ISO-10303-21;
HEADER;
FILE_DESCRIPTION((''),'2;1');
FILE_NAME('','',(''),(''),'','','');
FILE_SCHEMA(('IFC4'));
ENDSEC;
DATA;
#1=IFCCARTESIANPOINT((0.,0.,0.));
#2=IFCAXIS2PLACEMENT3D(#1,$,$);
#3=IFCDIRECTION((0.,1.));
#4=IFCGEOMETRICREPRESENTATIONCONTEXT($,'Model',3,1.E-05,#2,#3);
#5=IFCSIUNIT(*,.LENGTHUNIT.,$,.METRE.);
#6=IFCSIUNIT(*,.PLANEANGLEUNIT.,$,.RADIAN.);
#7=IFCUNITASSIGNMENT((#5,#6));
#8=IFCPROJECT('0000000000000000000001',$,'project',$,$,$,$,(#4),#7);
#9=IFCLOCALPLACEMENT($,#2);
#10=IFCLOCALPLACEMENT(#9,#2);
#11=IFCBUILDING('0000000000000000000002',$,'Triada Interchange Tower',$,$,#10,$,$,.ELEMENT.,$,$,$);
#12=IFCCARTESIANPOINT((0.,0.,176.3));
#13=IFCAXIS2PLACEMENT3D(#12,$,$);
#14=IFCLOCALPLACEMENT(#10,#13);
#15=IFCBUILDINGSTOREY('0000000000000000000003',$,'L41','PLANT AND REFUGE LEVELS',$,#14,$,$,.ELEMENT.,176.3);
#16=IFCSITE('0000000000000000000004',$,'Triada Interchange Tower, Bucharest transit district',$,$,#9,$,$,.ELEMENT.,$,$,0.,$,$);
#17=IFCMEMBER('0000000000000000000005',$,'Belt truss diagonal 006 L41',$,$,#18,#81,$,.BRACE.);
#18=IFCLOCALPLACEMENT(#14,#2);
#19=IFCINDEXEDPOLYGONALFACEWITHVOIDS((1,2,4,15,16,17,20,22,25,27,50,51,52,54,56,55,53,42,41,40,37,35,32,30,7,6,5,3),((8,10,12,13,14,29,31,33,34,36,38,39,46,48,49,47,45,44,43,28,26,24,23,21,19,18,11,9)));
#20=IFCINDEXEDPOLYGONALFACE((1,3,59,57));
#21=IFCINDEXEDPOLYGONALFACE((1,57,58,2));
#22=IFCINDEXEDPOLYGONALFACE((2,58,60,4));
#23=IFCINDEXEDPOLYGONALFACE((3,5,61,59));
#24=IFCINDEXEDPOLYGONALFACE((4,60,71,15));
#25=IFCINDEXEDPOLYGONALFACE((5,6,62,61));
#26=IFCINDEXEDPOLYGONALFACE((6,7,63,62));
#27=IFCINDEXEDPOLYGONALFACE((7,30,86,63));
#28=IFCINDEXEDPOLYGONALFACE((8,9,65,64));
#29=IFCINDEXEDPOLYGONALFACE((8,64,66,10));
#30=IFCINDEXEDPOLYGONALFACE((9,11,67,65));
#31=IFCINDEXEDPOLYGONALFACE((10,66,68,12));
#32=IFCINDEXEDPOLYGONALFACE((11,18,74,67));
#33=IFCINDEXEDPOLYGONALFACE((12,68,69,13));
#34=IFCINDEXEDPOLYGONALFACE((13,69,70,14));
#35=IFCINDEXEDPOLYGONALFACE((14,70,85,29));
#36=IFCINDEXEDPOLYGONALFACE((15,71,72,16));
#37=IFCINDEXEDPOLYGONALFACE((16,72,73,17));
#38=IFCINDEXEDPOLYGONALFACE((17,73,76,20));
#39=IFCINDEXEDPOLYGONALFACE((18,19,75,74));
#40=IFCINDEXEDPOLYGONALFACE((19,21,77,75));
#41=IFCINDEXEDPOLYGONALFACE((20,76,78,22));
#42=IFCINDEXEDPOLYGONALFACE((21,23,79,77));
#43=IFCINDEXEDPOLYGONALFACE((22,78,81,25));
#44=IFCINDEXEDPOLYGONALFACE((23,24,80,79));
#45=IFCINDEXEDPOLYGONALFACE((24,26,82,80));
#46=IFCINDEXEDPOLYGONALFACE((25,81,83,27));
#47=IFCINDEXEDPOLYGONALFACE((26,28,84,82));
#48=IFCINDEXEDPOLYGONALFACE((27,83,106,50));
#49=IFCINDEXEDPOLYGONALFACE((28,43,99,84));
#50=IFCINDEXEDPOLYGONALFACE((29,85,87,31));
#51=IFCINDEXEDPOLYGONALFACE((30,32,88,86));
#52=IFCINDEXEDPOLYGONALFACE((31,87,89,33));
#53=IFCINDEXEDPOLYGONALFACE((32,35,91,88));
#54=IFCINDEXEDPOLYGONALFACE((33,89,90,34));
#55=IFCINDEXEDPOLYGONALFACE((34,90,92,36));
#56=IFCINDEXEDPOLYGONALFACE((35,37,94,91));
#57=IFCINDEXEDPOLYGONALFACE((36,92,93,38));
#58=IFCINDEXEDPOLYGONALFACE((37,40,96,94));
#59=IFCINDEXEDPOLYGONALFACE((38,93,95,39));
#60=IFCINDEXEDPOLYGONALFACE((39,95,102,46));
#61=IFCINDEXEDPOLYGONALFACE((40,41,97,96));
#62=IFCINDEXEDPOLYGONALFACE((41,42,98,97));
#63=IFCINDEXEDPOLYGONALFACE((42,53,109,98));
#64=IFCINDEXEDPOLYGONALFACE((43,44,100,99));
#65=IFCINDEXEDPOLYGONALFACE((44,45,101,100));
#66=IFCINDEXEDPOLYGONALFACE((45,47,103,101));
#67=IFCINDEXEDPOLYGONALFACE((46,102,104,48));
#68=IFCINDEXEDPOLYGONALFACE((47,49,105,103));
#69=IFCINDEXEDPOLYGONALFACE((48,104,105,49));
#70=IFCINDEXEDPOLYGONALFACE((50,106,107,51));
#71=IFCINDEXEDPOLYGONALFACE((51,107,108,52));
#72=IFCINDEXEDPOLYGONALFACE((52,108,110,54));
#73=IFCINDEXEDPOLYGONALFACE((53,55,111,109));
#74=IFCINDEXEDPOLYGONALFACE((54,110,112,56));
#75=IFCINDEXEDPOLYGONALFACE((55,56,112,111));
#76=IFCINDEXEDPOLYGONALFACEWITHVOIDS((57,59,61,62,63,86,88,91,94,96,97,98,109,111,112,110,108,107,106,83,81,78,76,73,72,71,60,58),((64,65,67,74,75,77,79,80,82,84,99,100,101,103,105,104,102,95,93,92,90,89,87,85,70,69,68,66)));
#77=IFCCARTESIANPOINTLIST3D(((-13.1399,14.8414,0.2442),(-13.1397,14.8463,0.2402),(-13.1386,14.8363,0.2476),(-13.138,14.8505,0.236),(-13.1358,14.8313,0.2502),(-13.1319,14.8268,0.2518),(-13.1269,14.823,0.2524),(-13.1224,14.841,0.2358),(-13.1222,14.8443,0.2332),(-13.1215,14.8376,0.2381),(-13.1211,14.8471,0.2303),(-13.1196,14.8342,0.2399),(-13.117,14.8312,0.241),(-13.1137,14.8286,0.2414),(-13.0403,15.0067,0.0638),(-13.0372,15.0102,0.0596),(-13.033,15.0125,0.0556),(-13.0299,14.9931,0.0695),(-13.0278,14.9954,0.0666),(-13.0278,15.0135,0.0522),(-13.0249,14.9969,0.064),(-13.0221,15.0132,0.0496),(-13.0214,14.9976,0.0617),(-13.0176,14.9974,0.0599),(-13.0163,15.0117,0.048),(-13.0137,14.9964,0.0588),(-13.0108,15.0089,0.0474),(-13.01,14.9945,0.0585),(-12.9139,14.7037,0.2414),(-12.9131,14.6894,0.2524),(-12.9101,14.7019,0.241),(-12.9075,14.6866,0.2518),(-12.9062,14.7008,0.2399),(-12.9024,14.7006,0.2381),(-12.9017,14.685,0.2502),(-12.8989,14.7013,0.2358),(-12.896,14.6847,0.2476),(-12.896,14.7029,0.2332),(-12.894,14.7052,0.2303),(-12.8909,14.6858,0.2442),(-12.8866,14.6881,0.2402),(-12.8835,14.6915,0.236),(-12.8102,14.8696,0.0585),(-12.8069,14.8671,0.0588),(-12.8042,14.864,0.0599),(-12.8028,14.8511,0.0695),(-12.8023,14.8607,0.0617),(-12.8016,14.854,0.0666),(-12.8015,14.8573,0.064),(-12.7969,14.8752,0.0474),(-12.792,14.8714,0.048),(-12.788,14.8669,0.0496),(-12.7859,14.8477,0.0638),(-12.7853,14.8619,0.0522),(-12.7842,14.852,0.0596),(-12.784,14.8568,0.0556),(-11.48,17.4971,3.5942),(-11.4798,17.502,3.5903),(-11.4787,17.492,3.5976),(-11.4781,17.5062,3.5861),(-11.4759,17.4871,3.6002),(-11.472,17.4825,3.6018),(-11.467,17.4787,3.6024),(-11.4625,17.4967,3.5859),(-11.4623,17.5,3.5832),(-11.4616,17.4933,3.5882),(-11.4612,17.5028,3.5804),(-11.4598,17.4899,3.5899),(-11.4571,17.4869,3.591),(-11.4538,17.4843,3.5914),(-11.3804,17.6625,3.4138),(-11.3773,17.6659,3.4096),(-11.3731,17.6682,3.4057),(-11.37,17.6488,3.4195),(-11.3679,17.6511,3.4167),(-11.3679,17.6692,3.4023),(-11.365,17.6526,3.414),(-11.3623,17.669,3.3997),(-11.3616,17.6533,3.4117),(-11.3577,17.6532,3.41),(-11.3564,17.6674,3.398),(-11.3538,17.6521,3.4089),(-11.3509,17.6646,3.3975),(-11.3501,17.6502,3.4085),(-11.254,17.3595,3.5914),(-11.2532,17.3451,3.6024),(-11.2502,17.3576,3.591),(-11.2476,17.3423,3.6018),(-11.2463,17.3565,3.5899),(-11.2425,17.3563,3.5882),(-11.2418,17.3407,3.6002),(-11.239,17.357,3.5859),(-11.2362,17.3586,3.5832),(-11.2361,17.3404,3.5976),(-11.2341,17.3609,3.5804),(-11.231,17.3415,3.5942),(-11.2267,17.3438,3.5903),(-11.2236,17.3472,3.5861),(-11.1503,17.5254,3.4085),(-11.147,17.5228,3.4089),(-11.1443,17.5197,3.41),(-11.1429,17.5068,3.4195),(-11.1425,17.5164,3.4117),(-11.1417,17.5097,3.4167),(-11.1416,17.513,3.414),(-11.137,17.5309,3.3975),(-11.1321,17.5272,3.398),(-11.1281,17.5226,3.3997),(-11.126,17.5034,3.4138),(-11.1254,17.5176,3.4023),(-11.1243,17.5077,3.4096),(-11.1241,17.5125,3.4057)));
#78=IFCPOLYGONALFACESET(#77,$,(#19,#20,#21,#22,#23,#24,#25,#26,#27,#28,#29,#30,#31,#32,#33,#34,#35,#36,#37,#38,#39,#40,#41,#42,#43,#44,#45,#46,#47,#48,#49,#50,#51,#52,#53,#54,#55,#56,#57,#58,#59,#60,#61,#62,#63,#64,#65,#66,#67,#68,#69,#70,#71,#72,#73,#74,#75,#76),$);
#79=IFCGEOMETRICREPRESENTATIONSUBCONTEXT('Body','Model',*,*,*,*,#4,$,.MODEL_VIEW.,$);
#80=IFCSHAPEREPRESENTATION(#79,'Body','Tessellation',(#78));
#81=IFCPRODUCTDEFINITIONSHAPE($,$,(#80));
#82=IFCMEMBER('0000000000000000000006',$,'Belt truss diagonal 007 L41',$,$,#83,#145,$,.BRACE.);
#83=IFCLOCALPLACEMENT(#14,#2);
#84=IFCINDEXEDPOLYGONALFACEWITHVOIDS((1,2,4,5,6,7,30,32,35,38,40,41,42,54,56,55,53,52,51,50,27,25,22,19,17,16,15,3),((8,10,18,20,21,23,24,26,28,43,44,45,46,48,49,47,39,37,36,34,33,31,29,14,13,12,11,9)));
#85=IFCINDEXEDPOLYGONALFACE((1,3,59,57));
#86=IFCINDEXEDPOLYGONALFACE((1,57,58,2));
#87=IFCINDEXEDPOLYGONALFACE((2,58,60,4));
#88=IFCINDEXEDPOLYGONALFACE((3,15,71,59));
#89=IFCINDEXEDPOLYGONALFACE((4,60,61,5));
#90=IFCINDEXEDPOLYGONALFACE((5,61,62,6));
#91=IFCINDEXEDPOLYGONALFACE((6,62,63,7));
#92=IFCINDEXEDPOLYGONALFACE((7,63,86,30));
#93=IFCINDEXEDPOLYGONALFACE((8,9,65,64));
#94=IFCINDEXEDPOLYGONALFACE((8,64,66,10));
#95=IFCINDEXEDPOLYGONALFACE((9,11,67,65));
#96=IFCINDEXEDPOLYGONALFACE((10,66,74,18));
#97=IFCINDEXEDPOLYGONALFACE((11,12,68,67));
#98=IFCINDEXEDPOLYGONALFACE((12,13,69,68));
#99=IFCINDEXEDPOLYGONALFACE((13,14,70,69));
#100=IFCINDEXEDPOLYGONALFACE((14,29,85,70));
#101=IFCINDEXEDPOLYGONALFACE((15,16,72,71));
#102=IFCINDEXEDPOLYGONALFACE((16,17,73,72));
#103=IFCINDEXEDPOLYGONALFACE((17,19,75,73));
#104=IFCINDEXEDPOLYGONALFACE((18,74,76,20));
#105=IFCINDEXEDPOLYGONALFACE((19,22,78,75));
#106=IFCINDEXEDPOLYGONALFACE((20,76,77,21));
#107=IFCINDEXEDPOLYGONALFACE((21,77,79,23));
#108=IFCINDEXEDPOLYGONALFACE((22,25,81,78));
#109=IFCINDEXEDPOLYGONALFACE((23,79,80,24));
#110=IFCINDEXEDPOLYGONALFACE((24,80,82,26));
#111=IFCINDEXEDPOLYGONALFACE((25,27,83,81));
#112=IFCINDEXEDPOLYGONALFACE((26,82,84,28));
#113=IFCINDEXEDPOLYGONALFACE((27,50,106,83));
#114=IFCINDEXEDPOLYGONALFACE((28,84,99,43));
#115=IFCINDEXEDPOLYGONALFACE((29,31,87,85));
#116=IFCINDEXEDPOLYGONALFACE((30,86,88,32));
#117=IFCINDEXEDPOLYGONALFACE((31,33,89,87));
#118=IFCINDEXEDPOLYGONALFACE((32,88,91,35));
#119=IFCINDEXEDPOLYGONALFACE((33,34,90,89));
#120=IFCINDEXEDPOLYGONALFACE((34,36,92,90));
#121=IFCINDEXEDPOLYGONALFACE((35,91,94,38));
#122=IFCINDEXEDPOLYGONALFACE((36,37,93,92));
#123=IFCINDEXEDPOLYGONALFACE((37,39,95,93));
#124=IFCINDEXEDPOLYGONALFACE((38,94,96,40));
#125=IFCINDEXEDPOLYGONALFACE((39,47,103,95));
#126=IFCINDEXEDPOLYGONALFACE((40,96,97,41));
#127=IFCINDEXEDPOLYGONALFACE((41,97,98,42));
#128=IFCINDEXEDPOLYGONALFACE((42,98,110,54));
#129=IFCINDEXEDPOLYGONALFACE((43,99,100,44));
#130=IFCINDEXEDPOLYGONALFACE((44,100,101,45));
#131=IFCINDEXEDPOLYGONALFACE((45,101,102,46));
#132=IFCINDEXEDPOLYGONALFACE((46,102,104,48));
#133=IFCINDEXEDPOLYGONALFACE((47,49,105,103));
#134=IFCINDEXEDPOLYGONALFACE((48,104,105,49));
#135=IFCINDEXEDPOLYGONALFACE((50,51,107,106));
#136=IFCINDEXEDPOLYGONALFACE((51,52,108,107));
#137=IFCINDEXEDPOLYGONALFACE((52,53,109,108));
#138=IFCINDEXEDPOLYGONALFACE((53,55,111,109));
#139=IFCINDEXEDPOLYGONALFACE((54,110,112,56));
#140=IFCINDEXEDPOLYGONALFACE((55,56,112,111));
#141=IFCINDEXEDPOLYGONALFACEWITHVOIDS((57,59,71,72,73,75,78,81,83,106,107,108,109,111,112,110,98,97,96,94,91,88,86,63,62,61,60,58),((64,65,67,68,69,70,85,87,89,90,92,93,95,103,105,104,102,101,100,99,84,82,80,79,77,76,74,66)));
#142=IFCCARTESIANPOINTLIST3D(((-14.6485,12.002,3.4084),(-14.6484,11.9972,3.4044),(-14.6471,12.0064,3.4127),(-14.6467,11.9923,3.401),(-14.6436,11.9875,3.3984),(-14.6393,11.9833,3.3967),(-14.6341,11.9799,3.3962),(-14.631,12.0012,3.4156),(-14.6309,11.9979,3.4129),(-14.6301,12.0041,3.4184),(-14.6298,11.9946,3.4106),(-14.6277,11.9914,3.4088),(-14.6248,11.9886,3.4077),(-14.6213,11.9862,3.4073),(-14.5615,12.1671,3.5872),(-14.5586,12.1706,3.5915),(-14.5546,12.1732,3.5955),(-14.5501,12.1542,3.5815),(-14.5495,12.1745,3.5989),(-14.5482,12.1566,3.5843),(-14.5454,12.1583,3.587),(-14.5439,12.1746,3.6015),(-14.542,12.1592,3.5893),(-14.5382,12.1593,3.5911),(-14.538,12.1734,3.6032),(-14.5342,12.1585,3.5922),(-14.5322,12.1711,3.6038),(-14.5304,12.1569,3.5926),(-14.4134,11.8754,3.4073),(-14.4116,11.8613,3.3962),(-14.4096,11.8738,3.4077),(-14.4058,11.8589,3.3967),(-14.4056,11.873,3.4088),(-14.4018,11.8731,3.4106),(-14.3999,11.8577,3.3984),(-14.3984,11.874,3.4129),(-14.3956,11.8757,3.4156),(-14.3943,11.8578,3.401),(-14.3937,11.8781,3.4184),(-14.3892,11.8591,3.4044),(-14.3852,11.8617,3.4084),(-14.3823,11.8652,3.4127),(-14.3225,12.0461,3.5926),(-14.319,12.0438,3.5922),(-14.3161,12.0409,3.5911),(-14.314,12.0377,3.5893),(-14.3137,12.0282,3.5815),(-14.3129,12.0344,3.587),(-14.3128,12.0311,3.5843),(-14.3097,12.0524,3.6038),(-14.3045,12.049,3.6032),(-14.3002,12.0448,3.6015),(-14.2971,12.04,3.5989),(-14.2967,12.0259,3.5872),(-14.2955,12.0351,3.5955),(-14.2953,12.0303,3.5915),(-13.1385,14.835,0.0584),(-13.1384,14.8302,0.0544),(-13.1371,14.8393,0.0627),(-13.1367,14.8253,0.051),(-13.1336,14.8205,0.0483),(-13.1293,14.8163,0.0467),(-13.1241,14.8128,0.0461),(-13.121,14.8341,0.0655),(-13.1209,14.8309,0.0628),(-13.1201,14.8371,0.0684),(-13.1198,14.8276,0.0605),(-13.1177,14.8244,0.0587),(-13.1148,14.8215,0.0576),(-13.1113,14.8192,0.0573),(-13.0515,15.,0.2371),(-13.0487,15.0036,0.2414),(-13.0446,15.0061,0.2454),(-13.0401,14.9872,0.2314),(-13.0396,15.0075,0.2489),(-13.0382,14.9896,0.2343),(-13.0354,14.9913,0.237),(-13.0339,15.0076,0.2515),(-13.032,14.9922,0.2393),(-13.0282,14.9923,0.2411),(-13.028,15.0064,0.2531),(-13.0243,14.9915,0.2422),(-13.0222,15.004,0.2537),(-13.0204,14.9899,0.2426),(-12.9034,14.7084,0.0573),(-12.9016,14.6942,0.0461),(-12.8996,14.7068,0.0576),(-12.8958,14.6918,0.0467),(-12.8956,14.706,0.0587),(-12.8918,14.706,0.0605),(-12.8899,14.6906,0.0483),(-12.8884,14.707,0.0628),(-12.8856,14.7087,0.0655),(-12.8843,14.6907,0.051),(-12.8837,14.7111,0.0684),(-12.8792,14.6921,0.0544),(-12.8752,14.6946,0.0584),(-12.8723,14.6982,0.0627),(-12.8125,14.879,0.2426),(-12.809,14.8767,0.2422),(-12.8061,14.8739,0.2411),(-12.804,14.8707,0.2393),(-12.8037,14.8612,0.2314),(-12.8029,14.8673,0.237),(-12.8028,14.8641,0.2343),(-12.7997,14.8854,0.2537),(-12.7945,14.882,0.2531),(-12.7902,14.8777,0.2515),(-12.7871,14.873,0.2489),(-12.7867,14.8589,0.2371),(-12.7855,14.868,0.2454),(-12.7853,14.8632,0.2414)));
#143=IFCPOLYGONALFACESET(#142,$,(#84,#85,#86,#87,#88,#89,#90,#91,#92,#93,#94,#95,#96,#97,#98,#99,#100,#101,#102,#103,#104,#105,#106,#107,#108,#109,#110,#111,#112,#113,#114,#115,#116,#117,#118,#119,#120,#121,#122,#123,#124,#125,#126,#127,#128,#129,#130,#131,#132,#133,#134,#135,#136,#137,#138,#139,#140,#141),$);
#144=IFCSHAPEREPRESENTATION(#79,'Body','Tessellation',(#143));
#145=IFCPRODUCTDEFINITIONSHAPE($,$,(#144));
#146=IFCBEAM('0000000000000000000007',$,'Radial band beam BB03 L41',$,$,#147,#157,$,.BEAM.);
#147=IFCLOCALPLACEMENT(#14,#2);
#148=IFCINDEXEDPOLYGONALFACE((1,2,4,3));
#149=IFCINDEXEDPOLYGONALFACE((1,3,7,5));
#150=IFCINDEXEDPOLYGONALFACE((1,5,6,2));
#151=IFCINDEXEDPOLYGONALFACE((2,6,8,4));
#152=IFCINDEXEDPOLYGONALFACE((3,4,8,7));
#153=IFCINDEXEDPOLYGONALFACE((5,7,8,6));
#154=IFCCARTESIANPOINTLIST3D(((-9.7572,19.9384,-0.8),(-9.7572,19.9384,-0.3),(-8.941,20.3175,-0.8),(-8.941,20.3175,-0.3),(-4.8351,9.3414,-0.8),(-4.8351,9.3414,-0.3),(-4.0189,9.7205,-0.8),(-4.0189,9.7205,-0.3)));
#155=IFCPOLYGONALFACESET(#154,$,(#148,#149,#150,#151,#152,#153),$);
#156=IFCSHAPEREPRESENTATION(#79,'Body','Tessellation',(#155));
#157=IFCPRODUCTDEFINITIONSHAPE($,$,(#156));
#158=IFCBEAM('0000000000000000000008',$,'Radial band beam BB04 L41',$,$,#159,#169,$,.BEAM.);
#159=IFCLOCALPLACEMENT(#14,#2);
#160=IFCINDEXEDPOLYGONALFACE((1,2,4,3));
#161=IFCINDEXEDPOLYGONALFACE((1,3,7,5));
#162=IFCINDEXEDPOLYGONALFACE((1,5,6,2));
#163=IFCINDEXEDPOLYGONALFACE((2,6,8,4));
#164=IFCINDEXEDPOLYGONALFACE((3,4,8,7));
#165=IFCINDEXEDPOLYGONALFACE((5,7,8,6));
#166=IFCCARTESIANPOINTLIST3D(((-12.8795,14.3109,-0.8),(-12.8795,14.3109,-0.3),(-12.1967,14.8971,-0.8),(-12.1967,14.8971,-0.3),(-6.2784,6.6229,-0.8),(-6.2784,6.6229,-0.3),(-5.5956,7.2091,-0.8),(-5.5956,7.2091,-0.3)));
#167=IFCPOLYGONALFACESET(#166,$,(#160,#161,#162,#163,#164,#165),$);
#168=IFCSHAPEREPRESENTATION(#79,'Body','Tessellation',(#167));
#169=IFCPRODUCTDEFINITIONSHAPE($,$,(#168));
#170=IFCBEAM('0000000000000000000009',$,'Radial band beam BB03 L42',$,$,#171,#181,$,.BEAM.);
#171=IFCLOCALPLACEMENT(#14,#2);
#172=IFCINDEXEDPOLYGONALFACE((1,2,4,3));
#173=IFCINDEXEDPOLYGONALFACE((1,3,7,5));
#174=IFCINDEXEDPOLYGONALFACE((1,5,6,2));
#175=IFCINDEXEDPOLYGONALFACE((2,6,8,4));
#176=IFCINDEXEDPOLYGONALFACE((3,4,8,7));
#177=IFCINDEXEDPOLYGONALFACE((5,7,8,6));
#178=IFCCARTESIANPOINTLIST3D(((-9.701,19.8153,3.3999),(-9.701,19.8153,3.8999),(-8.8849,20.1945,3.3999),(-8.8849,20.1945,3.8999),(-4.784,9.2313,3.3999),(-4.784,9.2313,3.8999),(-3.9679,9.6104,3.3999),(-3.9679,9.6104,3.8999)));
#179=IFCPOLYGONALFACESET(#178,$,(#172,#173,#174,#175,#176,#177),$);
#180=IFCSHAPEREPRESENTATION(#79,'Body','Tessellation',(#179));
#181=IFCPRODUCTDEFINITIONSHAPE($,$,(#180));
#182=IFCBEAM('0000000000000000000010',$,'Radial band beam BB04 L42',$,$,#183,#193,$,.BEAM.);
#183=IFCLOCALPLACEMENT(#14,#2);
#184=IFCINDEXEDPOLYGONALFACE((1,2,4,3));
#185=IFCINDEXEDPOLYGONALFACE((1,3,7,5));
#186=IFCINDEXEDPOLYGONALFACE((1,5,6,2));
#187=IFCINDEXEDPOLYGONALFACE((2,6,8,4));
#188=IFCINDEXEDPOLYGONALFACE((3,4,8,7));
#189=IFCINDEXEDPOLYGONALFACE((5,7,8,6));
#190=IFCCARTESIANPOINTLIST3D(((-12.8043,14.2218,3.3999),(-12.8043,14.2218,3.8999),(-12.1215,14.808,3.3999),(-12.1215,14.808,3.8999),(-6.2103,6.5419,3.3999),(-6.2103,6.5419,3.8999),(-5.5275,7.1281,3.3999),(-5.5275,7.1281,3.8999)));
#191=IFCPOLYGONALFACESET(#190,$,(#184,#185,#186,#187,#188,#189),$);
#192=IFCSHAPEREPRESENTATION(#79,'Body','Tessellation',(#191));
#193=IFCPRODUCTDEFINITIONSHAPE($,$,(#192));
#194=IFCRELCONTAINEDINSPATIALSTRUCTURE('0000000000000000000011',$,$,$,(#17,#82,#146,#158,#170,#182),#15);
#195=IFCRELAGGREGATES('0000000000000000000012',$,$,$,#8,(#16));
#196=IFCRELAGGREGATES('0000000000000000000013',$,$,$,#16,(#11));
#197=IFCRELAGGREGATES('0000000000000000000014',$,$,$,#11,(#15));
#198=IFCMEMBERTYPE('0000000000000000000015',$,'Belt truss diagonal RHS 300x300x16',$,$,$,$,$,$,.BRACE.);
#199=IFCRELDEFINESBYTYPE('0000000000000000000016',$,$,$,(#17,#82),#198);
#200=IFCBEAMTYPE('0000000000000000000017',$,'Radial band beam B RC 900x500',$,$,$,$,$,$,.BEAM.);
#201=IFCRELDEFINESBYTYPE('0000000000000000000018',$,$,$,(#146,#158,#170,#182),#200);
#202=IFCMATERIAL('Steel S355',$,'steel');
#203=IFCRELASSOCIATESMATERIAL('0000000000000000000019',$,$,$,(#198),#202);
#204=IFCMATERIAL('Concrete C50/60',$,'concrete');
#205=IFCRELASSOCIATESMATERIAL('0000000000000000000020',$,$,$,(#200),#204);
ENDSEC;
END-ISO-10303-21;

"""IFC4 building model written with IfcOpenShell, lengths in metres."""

from ifc_helpers import new_model, si_unit, direction, frame, origin, origin_2d, place, context, subcontext, project, spatial, rectangle, hollow_rectangle, extrude, material, material_profile, profile_set, type_object, element, save


model = new_model("IFC4")

# Units and contexts
model_context = context("Model", 3, precision=1e-05, world=origin(), true_north=direction((0.0, 1.0)))
body_context = subcontext(model_context, "Body", "Model", "MODEL_VIEW")
ifc_project = project(units=[si_unit("LENGTHUNIT", "METRE"), si_unit("PLANEANGLEUNIT", "RADIAN")], contexts=[model_context])

# Site, building, storey
site_placement = place(None, origin())
site = spatial("IfcSite", under=ifc_project, at=site_placement, Name="Triada Interchange Tower, Bucharest transit district", CompositionType="ELEMENT", RefElevation=0.0)
building_placement = place(site_placement, origin())
building = spatial("IfcBuilding", under=site, at=building_placement, Name="Triada Interchange Tower", CompositionType="ELEMENT")
storey_placement = place(building_placement, frame((0.0, 0.0, 176.3)))
storey = spatial("IfcBuildingStorey", under=building, at=storey_placement, Name="L41", Description="PLANT AND REFUGE LEVELS", CompositionType="ELEMENT", Elevation=176.3)

# Members
ifc_material_1 = material(Name="Steel S355", Category="steel")
ifc_material_profile_1 = material_profile(ifc_material_1, hollow_rectangle(XDim=0.3, YDim=0.3, WallThickness=0.0161, InnerFilletRadius=0.0161, OuterFilletRadius=0.0239, at=origin_2d()), Name="RHS 300x300x16")
ifc_profile_set_1 = profile_set([ifc_material_profile_1], Name="Steel S355")
member_type = type_object("IfcMemberType", Name="Belt truss diagonal RHS 300x300x16", PredefinedType="BRACE", material=ifc_profile_set_1)
member_1_placement = place(storey_placement, frame((-12.9619, 14.8491, 0.1499), z_axis=(0.361951, 0.5791, 0.730503), x_axis=(-0.84799, 0.530013, 0.0)))
element("IfcMember", 1, at=member_1_placement, inside=storey, type_object=member_type, Name="Belt truss diagonal 006 L41", PredefinedType="BRACE", context=body_context, shape_type="SweptSolid", body=[
    extrude(hollow_rectangle(XDim=0.3, YDim=0.3, WallThickness=0.0161, InnerFilletRadius=0.0161, OuterFilletRadius=0.0239, at=origin_2d()), origin(), (0.0, 0.0, 1.0), 4.5859),
])
member_2_placement = place(storey_placement, frame((-12.9619, 14.8491, 0.1499), z_axis=(-0.325436, -0.610567, 0.72201), x_axis=(0.882473, -0.470363, 0.0)))
element("IfcMember", 2, at=member_2_placement, inside=storey, type_object=member_type, Name="Belt truss diagonal 007 L41", PredefinedType="BRACE", context=body_context, shape_type="SweptSolid", body=[
    extrude(hollow_rectangle(XDim=0.3, YDim=0.3, WallThickness=0.0161, InnerFilletRadius=0.0161, OuterFilletRadius=0.0239, at=origin_2d()), origin(), (0.0, 0.0, 1.0), 4.6399),
])

# Beams
ifc_material_2 = material(Name="Concrete C50/60", Category="concrete")
ifc_material_profile_2 = material_profile(ifc_material_2, rectangle(XDim=0.8999, YDim=0.5, at=origin_2d()), Name="RC 900x500")
ifc_profile_set_2 = profile_set([ifc_material_profile_2], Name="Concrete C50/60")
beam_type_1 = type_object("IfcBeamType", Name="Radial band beam B RC 900x500", PredefinedType="BEAM", material=ifc_profile_set_2)
beam_1_placement = place(storey_placement, frame((-9.3491, 20.1279, -0.55), z_axis=(0.42126, -0.90694, 0.0), x_axis=(0.90694, 0.42126, 0.0)))
element("IfcBeam", 3, at=beam_1_placement, inside=storey, type_object=beam_type_1, Name="Radial band beam BB03 L41", PredefinedType="BEAM", context=body_context, shape_type="SweptSolid", body=[
    extrude(rectangle(XDim=0.8999, YDim=0.5, at=origin_2d()), origin(), (0.0, 0.0, 1.0), 11.6843),
])
beam_2_placement = place(storey_placement, frame((-12.5381, 14.604, -0.55), z_axis=(0.651438, -0.758702, 0.0), x_axis=(0.758702, 0.651438, 0.0)))
element("IfcBeam", 4, at=beam_2_placement, inside=storey, type_object=beam_type_1, Name="Radial band beam BB04 L41", PredefinedType="BEAM", context=body_context, shape_type="SweptSolid", body=[
    extrude(rectangle(XDim=0.8999, YDim=0.5, at=origin_2d()), origin(), (0.0, 0.0, 1.0), 10.1331),
])
beam_3_placement = place(storey_placement, frame((-9.293, 20.0049, 3.6499), z_axis=(0.421323, -0.906911, 0.0), x_axis=(0.906911, 0.421323, 0.0)))
element("IfcBeam", 5, at=beam_3_placement, inside=storey, type_object=beam_type_1, Name="Radial band beam BB03 L42", PredefinedType="BEAM", context=body_context, shape_type="SweptSolid", body=[
    extrude(rectangle(XDim=0.8999, YDim=0.5, at=origin_2d()), origin(), (0.0, 0.0, 1.0), 11.6704),
])
beam_4_placement = place(storey_placement, frame((-12.4629, 14.5149, 3.6499), z_axis=(0.651429, -0.75871, 0.0), x_axis=(0.75871, 0.651429, 0.0)))
element("IfcBeam", 6, at=beam_4_placement, inside=storey, type_object=beam_type_1, Name="Radial band beam BB04 L42", PredefinedType="BEAM", context=body_context, shape_type="SweptSolid", body=[
    extrude(rectangle(XDim=0.8999, YDim=0.5, at=origin_2d()), origin(), (0.0, 0.0, 1.0), 10.1223),
])

save(model, "model.ifc")
